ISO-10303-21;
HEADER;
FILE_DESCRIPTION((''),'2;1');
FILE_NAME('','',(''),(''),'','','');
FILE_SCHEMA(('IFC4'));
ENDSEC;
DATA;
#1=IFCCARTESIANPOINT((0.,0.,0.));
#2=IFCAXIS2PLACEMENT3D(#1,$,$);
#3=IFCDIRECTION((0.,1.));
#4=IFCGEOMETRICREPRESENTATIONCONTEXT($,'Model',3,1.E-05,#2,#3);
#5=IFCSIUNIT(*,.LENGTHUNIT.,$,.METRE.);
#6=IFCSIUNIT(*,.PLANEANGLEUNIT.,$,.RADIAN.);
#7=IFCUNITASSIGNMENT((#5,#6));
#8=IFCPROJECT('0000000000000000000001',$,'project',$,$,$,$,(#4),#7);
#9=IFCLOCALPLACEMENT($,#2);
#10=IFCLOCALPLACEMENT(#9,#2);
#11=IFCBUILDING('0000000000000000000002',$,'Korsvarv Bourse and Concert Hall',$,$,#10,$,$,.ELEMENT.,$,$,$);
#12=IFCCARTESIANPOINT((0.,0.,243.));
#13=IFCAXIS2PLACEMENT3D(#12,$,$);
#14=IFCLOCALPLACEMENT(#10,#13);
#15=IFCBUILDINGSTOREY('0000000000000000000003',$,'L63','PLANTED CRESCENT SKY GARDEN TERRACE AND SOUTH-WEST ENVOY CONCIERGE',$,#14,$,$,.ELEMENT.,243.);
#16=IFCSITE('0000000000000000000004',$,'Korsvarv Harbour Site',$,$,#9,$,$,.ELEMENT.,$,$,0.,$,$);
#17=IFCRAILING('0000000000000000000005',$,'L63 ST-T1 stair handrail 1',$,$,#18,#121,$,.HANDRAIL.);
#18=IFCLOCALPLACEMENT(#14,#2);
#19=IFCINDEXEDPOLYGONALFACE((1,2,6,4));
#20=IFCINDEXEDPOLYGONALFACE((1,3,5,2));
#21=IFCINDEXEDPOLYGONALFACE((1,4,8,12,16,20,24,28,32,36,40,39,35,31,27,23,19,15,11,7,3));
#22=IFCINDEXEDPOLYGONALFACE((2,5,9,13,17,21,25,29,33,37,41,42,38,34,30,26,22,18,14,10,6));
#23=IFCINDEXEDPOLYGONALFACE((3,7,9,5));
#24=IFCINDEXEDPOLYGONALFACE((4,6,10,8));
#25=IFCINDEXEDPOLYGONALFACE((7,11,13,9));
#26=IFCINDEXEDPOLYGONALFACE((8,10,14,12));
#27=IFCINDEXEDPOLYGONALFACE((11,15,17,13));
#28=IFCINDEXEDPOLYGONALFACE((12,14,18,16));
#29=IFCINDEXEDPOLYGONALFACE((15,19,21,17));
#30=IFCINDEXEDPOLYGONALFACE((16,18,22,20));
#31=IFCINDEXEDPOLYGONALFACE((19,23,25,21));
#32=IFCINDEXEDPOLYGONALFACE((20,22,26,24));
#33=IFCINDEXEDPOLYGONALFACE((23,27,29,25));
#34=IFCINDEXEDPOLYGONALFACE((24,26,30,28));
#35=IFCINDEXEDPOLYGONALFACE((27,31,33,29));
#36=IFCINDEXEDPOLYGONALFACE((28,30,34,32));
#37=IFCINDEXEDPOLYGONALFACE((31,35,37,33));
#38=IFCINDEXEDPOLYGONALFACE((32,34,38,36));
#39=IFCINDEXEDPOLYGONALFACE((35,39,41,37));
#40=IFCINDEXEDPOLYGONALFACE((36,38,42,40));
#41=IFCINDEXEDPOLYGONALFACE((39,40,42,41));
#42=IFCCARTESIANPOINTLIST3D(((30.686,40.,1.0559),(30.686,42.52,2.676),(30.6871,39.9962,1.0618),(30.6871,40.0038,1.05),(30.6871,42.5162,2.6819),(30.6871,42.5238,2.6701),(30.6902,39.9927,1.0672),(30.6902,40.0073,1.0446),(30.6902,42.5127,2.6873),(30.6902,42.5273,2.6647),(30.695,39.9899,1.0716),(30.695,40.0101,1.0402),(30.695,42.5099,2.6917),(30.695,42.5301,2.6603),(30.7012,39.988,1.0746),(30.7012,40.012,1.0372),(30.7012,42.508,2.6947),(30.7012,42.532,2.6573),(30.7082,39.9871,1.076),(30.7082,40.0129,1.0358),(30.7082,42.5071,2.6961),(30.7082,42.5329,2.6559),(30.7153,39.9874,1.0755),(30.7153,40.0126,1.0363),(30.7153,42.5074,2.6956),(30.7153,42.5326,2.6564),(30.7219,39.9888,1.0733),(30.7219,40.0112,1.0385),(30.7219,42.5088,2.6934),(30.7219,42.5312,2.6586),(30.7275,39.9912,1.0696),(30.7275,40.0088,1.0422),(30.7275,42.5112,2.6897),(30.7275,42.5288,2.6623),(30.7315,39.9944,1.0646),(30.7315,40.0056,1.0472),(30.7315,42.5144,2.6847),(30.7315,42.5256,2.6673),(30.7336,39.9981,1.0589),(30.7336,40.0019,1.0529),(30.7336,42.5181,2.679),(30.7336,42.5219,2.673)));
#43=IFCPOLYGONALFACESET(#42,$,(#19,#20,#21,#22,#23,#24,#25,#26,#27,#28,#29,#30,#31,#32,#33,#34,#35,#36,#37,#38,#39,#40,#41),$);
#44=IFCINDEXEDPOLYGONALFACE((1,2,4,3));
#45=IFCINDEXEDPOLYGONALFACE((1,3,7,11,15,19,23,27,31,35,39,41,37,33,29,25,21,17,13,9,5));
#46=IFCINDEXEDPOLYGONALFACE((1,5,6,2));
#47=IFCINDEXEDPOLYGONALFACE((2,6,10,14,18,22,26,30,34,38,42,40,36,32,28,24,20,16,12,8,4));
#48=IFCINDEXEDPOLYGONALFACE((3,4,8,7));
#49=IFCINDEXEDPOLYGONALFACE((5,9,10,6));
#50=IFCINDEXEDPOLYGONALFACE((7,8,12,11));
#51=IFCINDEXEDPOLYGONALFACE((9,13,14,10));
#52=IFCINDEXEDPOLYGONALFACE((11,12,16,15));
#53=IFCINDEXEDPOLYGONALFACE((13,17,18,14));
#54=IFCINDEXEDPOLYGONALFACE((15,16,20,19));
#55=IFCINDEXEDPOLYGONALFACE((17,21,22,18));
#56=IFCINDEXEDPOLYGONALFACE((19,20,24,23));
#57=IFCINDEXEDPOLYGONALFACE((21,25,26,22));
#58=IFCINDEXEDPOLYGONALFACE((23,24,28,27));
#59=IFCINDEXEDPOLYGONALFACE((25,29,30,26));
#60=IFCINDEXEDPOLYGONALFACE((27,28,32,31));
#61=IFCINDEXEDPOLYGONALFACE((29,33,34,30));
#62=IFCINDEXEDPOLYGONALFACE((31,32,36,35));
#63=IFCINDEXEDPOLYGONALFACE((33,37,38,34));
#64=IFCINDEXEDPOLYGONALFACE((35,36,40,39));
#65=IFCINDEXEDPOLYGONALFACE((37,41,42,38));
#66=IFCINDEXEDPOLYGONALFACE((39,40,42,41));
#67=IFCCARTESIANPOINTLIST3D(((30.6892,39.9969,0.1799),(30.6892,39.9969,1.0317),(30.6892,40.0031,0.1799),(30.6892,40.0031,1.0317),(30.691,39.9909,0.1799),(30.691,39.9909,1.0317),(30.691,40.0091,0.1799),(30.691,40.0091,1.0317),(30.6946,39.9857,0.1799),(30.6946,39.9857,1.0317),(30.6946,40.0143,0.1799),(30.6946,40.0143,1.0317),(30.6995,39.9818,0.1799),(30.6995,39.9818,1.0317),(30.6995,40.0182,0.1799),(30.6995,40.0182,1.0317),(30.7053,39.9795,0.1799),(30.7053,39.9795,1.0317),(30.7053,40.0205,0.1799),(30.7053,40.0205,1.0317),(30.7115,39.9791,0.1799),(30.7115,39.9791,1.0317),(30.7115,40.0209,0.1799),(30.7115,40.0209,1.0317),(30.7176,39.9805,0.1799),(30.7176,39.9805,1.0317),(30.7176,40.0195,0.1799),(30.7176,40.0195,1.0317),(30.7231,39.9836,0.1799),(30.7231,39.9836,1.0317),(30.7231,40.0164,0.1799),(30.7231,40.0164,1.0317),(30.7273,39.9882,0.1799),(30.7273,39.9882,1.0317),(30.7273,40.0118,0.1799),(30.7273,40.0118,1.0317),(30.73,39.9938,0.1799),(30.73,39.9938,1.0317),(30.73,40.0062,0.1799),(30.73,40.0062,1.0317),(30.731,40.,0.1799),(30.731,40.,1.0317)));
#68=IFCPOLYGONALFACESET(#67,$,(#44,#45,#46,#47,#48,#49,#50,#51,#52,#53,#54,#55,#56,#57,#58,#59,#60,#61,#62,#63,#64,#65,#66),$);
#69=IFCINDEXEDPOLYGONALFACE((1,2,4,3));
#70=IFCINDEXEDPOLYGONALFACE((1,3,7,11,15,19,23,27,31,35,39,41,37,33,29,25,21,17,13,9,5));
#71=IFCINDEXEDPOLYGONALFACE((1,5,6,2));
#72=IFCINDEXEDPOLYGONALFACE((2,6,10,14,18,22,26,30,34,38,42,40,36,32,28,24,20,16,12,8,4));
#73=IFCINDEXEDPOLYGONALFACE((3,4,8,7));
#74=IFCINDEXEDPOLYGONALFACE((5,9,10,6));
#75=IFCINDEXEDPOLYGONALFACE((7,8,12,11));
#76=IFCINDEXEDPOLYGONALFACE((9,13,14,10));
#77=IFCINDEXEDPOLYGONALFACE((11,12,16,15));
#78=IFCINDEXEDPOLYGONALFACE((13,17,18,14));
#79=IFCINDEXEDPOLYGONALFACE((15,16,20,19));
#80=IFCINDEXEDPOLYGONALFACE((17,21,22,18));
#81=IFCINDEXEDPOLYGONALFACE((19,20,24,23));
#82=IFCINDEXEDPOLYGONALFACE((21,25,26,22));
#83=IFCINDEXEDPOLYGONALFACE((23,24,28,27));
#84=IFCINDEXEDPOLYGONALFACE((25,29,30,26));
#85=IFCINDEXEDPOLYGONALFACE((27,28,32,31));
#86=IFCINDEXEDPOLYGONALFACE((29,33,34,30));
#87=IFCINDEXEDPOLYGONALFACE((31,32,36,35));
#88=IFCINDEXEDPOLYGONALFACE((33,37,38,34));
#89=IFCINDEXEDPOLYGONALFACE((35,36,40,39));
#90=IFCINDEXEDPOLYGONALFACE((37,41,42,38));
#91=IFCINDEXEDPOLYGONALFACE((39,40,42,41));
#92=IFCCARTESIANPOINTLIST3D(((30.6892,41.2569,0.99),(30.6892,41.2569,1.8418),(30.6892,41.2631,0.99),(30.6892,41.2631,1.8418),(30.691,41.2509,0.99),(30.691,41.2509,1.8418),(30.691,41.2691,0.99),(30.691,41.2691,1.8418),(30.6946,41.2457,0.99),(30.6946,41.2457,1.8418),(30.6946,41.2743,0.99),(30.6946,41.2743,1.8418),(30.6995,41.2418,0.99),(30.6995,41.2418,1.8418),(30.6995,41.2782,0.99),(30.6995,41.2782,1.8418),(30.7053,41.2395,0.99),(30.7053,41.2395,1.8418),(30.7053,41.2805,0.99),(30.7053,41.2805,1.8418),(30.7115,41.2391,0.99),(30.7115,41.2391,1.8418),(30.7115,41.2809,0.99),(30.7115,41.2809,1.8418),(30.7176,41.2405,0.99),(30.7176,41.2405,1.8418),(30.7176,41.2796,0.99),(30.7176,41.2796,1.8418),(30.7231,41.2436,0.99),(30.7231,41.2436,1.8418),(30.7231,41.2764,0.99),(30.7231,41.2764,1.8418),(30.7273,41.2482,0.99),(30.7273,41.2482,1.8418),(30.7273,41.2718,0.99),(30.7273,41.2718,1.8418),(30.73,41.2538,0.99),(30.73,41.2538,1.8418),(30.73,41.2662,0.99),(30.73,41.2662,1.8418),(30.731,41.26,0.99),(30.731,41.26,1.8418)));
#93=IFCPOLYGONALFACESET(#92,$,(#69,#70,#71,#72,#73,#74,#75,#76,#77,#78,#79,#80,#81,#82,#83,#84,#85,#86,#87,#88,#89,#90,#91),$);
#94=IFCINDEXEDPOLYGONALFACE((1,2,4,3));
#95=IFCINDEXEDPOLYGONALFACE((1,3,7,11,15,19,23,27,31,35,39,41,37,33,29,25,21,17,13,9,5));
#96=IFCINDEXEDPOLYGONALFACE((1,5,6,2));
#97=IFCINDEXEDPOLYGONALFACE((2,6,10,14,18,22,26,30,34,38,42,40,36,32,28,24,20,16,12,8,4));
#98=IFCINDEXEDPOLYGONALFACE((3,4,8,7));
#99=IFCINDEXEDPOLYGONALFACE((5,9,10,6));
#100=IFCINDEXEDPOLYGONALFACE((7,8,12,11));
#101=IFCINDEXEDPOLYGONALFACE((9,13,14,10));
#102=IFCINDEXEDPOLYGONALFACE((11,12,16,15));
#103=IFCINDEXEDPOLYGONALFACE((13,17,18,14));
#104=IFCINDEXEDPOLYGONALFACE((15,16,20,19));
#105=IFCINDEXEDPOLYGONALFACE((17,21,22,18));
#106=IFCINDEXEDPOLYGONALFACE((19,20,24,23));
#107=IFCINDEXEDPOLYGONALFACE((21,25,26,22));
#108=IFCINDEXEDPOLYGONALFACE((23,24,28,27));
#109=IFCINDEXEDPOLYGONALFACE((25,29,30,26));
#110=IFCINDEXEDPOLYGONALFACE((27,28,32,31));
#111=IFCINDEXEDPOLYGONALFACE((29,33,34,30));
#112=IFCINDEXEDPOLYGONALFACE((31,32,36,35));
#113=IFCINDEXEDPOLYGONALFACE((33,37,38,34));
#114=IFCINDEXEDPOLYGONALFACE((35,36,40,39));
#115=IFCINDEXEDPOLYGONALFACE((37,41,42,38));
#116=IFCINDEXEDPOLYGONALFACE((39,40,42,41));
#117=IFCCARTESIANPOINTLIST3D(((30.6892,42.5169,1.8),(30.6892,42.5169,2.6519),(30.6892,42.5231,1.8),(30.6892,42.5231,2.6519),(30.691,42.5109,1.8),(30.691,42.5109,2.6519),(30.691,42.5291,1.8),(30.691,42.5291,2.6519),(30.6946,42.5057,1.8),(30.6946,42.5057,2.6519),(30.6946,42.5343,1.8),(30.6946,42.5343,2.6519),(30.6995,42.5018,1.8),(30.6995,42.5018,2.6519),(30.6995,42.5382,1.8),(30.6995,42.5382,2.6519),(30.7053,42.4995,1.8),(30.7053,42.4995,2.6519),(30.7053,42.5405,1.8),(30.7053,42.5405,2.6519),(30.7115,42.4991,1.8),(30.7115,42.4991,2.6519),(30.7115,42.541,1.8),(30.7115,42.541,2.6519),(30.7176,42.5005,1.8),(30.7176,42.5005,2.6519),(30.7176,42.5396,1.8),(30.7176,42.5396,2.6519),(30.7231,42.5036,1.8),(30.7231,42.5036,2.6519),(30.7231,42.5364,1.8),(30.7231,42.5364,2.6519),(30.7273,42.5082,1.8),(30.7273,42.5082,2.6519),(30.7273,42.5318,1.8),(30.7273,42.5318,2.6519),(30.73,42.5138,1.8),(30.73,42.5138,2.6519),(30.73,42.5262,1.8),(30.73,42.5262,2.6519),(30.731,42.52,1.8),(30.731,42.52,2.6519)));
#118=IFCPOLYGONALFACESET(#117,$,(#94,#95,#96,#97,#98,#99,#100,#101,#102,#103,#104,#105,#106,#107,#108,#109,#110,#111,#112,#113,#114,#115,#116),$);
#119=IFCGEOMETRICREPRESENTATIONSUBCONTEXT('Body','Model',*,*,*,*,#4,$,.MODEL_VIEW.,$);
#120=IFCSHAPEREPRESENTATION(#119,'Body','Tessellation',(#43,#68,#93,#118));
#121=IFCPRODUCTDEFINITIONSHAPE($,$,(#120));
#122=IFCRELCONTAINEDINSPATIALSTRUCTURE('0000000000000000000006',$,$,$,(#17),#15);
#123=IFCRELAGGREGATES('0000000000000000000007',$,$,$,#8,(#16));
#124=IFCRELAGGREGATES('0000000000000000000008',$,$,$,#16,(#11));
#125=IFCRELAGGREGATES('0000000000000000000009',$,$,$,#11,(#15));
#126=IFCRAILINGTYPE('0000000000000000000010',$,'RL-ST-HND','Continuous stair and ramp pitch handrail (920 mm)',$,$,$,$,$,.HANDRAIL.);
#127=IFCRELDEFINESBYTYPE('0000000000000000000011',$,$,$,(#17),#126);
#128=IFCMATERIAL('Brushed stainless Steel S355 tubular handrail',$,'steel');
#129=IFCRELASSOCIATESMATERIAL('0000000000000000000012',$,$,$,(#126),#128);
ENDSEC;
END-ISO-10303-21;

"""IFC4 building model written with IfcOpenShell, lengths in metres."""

from ifc_helpers import new_model, si_unit, direction, frame, origin, origin_2d, place, context, subcontext, project, spatial, circle, extrude, material, type_object, element, save


model = new_model("IFC4")

# Units and contexts
model_context = context("Model", 3, precision=1e-05, world=origin(), true_north=direction((0.0, 1.0)))
body_context = subcontext(model_context, "Body", "Model", "MODEL_VIEW")
ifc_project = project(units=[si_unit("LENGTHUNIT", "METRE"), si_unit("PLANEANGLEUNIT", "RADIAN")], contexts=[model_context])

# Site, building, storey
site_placement = place(None, origin())
site = spatial("IfcSite", under=ifc_project, at=site_placement, Name="Korsvarv Harbour Site", CompositionType="ELEMENT", RefElevation=0.0)
building_placement = place(site_placement, origin())
building = spatial("IfcBuilding", under=site, at=building_placement, Name="Korsvarv Bourse and Concert Hall", CompositionType="ELEMENT")
storey_placement = place(building_placement, frame((0.0, 0.0, 243.0)))
storey = spatial("IfcBuildingStorey", under=building, at=storey_placement, Name="L63", Description="PLANTED CRESCENT SKY GARDEN TERRACE AND SOUTH-WEST ENVOY CONCIERGE", CompositionType="ELEMENT", Elevation=243.0)

# Railing
ifc_material_1 = material(Name="Brushed stainless Steel S355 tubular handrail", Category="steel")
railing_type_1 = type_object("IfcRailingType", Name="RL-ST-HND", Description="Continuous stair and ramp pitch handrail (920 mm)", PredefinedType="HANDRAIL", material=ifc_material_1)
railing_1_placement = place(storey_placement, frame((30.71, 40.0, 0.1799)))
element("IfcRailing", 1, at=railing_1_placement, inside=storey, type_object=railing_type_1, Name="L63 ST-T1 stair handrail 1", PredefinedType="HANDRAIL", context=body_context, shape_type="SweptSolid", body=[
    extrude(circle(Radius=0.0239, at=origin_2d()), frame((0.0, 0.0, 0.876), z_axis=(0.0, 0.841163, 0.540782), x_axis=(-1.0, 0.0, 0.0)), (0.0, 0.0, 1.0), 2.9958),
    extrude(circle(Radius=0.021, at=origin_2d()), origin(), (0.0, 0.0, 1.0), 0.8518),
    extrude(circle(Radius=0.021, at=origin_2d()), frame((0.0, 1.26, 0.8101)), (0.0, 0.0, 1.0), 0.8518),
    extrude(circle(Radius=0.021, at=origin_2d()), frame((0.0, 2.52, 1.6201)), (0.0, 0.0, 1.0), 0.8518),
])

save(model, "model.ifc")
